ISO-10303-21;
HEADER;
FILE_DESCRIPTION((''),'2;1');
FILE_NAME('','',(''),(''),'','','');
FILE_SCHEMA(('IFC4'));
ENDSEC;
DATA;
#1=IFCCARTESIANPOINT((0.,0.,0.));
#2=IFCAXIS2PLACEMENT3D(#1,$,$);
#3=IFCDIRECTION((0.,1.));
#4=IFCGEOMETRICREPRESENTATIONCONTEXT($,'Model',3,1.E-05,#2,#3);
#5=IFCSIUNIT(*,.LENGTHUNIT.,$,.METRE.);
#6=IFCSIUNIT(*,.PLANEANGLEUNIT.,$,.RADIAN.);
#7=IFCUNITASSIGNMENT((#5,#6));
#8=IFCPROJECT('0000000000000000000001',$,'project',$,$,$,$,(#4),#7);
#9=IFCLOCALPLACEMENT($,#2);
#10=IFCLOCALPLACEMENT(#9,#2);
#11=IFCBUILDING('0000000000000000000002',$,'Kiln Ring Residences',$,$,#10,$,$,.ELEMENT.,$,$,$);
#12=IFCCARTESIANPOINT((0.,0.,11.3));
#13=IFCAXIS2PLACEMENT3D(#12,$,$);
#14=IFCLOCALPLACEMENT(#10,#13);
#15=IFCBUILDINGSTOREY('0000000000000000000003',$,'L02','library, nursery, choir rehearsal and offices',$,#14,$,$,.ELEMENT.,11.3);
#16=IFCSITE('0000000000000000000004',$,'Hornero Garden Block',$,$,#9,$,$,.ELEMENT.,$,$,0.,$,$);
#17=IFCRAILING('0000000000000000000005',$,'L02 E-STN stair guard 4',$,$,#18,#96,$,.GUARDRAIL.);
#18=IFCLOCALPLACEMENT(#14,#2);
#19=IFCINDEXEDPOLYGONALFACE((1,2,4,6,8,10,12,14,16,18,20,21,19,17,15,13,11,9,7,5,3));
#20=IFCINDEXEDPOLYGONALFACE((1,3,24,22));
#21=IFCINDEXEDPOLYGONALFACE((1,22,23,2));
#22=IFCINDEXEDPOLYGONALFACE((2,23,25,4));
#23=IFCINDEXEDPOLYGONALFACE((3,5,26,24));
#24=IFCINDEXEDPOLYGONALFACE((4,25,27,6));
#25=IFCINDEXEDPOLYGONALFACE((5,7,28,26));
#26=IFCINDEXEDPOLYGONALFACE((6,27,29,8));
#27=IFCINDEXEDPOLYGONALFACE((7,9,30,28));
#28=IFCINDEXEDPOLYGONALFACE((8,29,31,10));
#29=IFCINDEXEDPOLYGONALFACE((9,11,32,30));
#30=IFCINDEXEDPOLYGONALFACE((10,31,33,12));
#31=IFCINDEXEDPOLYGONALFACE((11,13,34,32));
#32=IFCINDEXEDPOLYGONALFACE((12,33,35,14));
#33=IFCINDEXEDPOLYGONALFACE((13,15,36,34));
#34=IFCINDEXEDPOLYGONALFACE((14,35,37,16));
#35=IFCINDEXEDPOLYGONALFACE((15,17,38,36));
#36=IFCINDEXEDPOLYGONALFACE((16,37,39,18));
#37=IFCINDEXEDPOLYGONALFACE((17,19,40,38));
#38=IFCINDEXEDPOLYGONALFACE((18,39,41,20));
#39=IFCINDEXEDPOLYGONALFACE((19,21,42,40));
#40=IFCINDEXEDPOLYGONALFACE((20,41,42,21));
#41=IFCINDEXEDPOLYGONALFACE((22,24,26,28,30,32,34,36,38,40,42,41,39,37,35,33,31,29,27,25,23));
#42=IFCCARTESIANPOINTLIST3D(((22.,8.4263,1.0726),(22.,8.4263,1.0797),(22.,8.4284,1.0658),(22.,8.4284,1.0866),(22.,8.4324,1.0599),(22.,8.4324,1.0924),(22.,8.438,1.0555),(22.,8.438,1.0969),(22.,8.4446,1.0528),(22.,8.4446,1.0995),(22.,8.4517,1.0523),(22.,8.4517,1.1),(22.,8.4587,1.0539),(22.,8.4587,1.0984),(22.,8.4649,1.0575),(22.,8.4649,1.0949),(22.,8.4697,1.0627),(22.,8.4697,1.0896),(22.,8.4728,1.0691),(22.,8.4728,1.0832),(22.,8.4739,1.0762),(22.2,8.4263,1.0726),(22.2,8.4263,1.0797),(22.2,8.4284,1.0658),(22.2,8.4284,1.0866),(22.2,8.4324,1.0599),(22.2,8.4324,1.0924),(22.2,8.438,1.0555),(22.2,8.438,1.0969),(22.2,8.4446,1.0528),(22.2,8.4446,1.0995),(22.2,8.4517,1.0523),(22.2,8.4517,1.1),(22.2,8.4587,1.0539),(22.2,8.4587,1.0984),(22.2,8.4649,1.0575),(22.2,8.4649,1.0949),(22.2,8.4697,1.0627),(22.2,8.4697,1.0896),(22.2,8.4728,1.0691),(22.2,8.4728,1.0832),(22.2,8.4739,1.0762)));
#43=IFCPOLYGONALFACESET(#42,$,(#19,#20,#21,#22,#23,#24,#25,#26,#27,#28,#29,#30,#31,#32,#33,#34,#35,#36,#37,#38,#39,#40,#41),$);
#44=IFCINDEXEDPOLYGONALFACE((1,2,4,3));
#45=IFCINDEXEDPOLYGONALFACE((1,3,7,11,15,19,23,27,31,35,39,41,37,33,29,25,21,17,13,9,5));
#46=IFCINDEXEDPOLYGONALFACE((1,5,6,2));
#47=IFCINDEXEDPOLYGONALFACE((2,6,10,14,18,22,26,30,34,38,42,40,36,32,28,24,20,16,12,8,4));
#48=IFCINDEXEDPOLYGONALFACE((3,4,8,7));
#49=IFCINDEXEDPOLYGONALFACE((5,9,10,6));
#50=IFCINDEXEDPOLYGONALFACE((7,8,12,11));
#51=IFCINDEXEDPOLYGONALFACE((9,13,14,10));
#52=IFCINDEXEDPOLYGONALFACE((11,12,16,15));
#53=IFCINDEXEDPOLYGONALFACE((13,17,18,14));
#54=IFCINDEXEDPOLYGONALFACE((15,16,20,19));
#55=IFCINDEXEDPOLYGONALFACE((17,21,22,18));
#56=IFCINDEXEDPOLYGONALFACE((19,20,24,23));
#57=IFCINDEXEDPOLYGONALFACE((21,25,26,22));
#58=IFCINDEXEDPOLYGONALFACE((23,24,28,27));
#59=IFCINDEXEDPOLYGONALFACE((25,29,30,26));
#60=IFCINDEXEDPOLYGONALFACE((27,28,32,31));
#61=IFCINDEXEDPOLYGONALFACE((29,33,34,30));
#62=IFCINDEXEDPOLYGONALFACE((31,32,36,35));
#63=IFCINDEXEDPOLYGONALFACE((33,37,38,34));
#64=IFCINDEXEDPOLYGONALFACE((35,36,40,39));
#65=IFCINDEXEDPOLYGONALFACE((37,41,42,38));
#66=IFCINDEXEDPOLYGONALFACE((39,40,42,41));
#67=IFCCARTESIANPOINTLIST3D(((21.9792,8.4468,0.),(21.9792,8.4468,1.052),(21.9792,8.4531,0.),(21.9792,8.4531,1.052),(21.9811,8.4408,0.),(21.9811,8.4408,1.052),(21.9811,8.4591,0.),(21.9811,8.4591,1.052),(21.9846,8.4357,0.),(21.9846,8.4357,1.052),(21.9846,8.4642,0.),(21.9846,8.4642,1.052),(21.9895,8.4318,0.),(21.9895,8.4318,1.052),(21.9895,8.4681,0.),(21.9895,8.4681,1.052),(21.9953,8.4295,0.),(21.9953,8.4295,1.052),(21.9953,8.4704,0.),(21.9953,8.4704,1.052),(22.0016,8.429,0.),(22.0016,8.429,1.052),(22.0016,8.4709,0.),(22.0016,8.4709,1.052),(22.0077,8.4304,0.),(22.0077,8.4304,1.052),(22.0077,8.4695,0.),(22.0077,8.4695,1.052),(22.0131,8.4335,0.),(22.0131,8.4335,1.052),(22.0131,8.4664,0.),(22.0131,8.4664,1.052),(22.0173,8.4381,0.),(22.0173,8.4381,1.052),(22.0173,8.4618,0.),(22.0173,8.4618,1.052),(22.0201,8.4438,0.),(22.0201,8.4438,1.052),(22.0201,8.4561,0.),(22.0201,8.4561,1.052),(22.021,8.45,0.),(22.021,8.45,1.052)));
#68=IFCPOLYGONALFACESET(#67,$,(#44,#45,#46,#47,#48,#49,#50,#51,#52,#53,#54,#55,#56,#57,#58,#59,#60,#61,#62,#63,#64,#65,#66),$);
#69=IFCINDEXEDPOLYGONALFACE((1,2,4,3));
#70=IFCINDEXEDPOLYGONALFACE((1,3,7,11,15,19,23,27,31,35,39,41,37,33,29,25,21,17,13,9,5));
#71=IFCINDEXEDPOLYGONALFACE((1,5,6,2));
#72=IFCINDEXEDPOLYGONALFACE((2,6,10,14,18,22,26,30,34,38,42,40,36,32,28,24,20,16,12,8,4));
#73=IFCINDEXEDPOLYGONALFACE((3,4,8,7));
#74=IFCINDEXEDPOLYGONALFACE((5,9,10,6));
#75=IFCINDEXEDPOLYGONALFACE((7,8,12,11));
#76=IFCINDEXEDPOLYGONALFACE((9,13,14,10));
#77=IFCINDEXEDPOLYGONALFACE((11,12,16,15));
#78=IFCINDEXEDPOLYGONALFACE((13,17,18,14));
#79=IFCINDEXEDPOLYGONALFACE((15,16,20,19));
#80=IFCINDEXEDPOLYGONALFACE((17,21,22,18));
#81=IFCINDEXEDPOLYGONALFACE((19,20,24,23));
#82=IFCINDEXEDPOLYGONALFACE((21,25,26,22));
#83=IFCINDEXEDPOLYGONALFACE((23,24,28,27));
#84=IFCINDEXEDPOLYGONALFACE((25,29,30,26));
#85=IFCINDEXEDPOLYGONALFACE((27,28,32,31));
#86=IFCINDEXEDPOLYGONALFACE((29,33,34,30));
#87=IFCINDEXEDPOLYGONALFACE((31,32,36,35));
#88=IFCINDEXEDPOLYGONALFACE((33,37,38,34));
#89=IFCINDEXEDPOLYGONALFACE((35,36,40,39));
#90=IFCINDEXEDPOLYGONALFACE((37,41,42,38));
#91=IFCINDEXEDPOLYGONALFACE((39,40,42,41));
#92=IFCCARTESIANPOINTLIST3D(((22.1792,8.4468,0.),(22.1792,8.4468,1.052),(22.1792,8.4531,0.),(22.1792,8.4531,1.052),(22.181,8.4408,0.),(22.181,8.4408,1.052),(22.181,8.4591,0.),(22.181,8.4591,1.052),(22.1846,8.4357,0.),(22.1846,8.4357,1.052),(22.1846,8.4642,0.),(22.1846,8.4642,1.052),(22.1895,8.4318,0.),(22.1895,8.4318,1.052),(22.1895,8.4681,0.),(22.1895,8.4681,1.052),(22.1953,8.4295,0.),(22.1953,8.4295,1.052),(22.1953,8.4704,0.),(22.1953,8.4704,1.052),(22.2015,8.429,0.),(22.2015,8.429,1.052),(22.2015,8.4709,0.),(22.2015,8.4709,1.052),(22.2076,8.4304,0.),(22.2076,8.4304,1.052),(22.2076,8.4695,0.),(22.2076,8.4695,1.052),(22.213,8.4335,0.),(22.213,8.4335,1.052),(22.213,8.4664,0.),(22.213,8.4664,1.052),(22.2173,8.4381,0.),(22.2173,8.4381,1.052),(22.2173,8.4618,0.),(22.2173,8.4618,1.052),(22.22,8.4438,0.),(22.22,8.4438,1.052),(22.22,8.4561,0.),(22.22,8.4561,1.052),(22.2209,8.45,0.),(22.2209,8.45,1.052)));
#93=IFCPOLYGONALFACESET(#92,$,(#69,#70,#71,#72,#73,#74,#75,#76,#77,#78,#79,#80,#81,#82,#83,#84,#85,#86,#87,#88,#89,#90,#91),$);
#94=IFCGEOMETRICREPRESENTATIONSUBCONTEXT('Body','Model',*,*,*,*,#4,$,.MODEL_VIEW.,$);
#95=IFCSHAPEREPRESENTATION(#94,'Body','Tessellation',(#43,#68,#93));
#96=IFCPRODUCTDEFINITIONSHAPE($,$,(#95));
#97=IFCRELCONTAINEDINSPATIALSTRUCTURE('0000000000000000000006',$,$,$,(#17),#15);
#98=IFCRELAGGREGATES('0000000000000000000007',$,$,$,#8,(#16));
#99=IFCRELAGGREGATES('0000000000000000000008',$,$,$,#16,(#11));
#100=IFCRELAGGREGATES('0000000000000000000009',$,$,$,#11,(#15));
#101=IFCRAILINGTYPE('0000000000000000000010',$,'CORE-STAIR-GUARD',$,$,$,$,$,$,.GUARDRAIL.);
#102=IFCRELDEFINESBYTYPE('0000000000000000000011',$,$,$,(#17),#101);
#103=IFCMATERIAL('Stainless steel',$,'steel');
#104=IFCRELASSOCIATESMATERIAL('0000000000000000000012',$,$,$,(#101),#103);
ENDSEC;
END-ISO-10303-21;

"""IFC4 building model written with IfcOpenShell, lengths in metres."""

from ifc_helpers import new_model, si_unit, direction, frame, origin, origin_2d, place, context, subcontext, project, spatial, circle, extrude, material, type_object, element, save


model = new_model("IFC4")

# Units and contexts
model_context = context("Model", 3, precision=1e-05, world=origin(), true_north=direction((0.0, 1.0)))
body_context = subcontext(model_context, "Body", "Model", "MODEL_VIEW")
ifc_project = project(units=[si_unit("LENGTHUNIT", "METRE"), si_unit("PLANEANGLEUNIT", "RADIAN")], contexts=[model_context])

# Site, building, storey
site_placement = place(None, origin())
site = spatial("IfcSite", under=ifc_project, at=site_placement, Name="Hornero Garden Block", CompositionType="ELEMENT", RefElevation=0.0)
building_placement = place(site_placement, origin())
building = spatial("IfcBuilding", under=site, at=building_placement, Name="Kiln Ring Residences", CompositionType="ELEMENT")
storey_placement = place(building_placement, frame((0.0, 0.0, 11.3)))
storey = spatial("IfcBuildingStorey", under=building, at=storey_placement, Name="L02", Description="library, nursery, choir rehearsal and offices", CompositionType="ELEMENT", Elevation=11.3)

# Railing
ifc_material_1 = material(Name="Stainless steel", Category="steel")
railing_type_1 = type_object("IfcRailingType", Name="CORE-STAIR-GUARD", PredefinedType="GUARDRAIL", material=ifc_material_1)
railing_1_placement = place(storey_placement, frame((22.0, 8.45, 0.0)))
element("IfcRailing", 1, at=railing_1_placement, inside=storey, type_object=railing_type_1, Name="L02 E-STN stair guard 4", PredefinedType="GUARDRAIL", context=body_context, shape_type="SweptSolid", body=[
    extrude(circle(Radius=0.0239, at=origin_2d()), frame((0.0, 0.0, 1.0762), z_axis=(1.0, 0.0, 0.0), x_axis=(0.0, 1.0, 0.0)), (0.0, 0.0, 1.0), 0.2),
    extrude(circle(Radius=0.021, at=origin_2d()), origin(), (0.0, 0.0, 1.0), 1.052),
    extrude(circle(Radius=0.021, at=origin_2d()), frame((0.2, 0.0, 0.0)), (0.0, 0.0, 1.0), 1.052),
])

save(model, "model.ifc")
